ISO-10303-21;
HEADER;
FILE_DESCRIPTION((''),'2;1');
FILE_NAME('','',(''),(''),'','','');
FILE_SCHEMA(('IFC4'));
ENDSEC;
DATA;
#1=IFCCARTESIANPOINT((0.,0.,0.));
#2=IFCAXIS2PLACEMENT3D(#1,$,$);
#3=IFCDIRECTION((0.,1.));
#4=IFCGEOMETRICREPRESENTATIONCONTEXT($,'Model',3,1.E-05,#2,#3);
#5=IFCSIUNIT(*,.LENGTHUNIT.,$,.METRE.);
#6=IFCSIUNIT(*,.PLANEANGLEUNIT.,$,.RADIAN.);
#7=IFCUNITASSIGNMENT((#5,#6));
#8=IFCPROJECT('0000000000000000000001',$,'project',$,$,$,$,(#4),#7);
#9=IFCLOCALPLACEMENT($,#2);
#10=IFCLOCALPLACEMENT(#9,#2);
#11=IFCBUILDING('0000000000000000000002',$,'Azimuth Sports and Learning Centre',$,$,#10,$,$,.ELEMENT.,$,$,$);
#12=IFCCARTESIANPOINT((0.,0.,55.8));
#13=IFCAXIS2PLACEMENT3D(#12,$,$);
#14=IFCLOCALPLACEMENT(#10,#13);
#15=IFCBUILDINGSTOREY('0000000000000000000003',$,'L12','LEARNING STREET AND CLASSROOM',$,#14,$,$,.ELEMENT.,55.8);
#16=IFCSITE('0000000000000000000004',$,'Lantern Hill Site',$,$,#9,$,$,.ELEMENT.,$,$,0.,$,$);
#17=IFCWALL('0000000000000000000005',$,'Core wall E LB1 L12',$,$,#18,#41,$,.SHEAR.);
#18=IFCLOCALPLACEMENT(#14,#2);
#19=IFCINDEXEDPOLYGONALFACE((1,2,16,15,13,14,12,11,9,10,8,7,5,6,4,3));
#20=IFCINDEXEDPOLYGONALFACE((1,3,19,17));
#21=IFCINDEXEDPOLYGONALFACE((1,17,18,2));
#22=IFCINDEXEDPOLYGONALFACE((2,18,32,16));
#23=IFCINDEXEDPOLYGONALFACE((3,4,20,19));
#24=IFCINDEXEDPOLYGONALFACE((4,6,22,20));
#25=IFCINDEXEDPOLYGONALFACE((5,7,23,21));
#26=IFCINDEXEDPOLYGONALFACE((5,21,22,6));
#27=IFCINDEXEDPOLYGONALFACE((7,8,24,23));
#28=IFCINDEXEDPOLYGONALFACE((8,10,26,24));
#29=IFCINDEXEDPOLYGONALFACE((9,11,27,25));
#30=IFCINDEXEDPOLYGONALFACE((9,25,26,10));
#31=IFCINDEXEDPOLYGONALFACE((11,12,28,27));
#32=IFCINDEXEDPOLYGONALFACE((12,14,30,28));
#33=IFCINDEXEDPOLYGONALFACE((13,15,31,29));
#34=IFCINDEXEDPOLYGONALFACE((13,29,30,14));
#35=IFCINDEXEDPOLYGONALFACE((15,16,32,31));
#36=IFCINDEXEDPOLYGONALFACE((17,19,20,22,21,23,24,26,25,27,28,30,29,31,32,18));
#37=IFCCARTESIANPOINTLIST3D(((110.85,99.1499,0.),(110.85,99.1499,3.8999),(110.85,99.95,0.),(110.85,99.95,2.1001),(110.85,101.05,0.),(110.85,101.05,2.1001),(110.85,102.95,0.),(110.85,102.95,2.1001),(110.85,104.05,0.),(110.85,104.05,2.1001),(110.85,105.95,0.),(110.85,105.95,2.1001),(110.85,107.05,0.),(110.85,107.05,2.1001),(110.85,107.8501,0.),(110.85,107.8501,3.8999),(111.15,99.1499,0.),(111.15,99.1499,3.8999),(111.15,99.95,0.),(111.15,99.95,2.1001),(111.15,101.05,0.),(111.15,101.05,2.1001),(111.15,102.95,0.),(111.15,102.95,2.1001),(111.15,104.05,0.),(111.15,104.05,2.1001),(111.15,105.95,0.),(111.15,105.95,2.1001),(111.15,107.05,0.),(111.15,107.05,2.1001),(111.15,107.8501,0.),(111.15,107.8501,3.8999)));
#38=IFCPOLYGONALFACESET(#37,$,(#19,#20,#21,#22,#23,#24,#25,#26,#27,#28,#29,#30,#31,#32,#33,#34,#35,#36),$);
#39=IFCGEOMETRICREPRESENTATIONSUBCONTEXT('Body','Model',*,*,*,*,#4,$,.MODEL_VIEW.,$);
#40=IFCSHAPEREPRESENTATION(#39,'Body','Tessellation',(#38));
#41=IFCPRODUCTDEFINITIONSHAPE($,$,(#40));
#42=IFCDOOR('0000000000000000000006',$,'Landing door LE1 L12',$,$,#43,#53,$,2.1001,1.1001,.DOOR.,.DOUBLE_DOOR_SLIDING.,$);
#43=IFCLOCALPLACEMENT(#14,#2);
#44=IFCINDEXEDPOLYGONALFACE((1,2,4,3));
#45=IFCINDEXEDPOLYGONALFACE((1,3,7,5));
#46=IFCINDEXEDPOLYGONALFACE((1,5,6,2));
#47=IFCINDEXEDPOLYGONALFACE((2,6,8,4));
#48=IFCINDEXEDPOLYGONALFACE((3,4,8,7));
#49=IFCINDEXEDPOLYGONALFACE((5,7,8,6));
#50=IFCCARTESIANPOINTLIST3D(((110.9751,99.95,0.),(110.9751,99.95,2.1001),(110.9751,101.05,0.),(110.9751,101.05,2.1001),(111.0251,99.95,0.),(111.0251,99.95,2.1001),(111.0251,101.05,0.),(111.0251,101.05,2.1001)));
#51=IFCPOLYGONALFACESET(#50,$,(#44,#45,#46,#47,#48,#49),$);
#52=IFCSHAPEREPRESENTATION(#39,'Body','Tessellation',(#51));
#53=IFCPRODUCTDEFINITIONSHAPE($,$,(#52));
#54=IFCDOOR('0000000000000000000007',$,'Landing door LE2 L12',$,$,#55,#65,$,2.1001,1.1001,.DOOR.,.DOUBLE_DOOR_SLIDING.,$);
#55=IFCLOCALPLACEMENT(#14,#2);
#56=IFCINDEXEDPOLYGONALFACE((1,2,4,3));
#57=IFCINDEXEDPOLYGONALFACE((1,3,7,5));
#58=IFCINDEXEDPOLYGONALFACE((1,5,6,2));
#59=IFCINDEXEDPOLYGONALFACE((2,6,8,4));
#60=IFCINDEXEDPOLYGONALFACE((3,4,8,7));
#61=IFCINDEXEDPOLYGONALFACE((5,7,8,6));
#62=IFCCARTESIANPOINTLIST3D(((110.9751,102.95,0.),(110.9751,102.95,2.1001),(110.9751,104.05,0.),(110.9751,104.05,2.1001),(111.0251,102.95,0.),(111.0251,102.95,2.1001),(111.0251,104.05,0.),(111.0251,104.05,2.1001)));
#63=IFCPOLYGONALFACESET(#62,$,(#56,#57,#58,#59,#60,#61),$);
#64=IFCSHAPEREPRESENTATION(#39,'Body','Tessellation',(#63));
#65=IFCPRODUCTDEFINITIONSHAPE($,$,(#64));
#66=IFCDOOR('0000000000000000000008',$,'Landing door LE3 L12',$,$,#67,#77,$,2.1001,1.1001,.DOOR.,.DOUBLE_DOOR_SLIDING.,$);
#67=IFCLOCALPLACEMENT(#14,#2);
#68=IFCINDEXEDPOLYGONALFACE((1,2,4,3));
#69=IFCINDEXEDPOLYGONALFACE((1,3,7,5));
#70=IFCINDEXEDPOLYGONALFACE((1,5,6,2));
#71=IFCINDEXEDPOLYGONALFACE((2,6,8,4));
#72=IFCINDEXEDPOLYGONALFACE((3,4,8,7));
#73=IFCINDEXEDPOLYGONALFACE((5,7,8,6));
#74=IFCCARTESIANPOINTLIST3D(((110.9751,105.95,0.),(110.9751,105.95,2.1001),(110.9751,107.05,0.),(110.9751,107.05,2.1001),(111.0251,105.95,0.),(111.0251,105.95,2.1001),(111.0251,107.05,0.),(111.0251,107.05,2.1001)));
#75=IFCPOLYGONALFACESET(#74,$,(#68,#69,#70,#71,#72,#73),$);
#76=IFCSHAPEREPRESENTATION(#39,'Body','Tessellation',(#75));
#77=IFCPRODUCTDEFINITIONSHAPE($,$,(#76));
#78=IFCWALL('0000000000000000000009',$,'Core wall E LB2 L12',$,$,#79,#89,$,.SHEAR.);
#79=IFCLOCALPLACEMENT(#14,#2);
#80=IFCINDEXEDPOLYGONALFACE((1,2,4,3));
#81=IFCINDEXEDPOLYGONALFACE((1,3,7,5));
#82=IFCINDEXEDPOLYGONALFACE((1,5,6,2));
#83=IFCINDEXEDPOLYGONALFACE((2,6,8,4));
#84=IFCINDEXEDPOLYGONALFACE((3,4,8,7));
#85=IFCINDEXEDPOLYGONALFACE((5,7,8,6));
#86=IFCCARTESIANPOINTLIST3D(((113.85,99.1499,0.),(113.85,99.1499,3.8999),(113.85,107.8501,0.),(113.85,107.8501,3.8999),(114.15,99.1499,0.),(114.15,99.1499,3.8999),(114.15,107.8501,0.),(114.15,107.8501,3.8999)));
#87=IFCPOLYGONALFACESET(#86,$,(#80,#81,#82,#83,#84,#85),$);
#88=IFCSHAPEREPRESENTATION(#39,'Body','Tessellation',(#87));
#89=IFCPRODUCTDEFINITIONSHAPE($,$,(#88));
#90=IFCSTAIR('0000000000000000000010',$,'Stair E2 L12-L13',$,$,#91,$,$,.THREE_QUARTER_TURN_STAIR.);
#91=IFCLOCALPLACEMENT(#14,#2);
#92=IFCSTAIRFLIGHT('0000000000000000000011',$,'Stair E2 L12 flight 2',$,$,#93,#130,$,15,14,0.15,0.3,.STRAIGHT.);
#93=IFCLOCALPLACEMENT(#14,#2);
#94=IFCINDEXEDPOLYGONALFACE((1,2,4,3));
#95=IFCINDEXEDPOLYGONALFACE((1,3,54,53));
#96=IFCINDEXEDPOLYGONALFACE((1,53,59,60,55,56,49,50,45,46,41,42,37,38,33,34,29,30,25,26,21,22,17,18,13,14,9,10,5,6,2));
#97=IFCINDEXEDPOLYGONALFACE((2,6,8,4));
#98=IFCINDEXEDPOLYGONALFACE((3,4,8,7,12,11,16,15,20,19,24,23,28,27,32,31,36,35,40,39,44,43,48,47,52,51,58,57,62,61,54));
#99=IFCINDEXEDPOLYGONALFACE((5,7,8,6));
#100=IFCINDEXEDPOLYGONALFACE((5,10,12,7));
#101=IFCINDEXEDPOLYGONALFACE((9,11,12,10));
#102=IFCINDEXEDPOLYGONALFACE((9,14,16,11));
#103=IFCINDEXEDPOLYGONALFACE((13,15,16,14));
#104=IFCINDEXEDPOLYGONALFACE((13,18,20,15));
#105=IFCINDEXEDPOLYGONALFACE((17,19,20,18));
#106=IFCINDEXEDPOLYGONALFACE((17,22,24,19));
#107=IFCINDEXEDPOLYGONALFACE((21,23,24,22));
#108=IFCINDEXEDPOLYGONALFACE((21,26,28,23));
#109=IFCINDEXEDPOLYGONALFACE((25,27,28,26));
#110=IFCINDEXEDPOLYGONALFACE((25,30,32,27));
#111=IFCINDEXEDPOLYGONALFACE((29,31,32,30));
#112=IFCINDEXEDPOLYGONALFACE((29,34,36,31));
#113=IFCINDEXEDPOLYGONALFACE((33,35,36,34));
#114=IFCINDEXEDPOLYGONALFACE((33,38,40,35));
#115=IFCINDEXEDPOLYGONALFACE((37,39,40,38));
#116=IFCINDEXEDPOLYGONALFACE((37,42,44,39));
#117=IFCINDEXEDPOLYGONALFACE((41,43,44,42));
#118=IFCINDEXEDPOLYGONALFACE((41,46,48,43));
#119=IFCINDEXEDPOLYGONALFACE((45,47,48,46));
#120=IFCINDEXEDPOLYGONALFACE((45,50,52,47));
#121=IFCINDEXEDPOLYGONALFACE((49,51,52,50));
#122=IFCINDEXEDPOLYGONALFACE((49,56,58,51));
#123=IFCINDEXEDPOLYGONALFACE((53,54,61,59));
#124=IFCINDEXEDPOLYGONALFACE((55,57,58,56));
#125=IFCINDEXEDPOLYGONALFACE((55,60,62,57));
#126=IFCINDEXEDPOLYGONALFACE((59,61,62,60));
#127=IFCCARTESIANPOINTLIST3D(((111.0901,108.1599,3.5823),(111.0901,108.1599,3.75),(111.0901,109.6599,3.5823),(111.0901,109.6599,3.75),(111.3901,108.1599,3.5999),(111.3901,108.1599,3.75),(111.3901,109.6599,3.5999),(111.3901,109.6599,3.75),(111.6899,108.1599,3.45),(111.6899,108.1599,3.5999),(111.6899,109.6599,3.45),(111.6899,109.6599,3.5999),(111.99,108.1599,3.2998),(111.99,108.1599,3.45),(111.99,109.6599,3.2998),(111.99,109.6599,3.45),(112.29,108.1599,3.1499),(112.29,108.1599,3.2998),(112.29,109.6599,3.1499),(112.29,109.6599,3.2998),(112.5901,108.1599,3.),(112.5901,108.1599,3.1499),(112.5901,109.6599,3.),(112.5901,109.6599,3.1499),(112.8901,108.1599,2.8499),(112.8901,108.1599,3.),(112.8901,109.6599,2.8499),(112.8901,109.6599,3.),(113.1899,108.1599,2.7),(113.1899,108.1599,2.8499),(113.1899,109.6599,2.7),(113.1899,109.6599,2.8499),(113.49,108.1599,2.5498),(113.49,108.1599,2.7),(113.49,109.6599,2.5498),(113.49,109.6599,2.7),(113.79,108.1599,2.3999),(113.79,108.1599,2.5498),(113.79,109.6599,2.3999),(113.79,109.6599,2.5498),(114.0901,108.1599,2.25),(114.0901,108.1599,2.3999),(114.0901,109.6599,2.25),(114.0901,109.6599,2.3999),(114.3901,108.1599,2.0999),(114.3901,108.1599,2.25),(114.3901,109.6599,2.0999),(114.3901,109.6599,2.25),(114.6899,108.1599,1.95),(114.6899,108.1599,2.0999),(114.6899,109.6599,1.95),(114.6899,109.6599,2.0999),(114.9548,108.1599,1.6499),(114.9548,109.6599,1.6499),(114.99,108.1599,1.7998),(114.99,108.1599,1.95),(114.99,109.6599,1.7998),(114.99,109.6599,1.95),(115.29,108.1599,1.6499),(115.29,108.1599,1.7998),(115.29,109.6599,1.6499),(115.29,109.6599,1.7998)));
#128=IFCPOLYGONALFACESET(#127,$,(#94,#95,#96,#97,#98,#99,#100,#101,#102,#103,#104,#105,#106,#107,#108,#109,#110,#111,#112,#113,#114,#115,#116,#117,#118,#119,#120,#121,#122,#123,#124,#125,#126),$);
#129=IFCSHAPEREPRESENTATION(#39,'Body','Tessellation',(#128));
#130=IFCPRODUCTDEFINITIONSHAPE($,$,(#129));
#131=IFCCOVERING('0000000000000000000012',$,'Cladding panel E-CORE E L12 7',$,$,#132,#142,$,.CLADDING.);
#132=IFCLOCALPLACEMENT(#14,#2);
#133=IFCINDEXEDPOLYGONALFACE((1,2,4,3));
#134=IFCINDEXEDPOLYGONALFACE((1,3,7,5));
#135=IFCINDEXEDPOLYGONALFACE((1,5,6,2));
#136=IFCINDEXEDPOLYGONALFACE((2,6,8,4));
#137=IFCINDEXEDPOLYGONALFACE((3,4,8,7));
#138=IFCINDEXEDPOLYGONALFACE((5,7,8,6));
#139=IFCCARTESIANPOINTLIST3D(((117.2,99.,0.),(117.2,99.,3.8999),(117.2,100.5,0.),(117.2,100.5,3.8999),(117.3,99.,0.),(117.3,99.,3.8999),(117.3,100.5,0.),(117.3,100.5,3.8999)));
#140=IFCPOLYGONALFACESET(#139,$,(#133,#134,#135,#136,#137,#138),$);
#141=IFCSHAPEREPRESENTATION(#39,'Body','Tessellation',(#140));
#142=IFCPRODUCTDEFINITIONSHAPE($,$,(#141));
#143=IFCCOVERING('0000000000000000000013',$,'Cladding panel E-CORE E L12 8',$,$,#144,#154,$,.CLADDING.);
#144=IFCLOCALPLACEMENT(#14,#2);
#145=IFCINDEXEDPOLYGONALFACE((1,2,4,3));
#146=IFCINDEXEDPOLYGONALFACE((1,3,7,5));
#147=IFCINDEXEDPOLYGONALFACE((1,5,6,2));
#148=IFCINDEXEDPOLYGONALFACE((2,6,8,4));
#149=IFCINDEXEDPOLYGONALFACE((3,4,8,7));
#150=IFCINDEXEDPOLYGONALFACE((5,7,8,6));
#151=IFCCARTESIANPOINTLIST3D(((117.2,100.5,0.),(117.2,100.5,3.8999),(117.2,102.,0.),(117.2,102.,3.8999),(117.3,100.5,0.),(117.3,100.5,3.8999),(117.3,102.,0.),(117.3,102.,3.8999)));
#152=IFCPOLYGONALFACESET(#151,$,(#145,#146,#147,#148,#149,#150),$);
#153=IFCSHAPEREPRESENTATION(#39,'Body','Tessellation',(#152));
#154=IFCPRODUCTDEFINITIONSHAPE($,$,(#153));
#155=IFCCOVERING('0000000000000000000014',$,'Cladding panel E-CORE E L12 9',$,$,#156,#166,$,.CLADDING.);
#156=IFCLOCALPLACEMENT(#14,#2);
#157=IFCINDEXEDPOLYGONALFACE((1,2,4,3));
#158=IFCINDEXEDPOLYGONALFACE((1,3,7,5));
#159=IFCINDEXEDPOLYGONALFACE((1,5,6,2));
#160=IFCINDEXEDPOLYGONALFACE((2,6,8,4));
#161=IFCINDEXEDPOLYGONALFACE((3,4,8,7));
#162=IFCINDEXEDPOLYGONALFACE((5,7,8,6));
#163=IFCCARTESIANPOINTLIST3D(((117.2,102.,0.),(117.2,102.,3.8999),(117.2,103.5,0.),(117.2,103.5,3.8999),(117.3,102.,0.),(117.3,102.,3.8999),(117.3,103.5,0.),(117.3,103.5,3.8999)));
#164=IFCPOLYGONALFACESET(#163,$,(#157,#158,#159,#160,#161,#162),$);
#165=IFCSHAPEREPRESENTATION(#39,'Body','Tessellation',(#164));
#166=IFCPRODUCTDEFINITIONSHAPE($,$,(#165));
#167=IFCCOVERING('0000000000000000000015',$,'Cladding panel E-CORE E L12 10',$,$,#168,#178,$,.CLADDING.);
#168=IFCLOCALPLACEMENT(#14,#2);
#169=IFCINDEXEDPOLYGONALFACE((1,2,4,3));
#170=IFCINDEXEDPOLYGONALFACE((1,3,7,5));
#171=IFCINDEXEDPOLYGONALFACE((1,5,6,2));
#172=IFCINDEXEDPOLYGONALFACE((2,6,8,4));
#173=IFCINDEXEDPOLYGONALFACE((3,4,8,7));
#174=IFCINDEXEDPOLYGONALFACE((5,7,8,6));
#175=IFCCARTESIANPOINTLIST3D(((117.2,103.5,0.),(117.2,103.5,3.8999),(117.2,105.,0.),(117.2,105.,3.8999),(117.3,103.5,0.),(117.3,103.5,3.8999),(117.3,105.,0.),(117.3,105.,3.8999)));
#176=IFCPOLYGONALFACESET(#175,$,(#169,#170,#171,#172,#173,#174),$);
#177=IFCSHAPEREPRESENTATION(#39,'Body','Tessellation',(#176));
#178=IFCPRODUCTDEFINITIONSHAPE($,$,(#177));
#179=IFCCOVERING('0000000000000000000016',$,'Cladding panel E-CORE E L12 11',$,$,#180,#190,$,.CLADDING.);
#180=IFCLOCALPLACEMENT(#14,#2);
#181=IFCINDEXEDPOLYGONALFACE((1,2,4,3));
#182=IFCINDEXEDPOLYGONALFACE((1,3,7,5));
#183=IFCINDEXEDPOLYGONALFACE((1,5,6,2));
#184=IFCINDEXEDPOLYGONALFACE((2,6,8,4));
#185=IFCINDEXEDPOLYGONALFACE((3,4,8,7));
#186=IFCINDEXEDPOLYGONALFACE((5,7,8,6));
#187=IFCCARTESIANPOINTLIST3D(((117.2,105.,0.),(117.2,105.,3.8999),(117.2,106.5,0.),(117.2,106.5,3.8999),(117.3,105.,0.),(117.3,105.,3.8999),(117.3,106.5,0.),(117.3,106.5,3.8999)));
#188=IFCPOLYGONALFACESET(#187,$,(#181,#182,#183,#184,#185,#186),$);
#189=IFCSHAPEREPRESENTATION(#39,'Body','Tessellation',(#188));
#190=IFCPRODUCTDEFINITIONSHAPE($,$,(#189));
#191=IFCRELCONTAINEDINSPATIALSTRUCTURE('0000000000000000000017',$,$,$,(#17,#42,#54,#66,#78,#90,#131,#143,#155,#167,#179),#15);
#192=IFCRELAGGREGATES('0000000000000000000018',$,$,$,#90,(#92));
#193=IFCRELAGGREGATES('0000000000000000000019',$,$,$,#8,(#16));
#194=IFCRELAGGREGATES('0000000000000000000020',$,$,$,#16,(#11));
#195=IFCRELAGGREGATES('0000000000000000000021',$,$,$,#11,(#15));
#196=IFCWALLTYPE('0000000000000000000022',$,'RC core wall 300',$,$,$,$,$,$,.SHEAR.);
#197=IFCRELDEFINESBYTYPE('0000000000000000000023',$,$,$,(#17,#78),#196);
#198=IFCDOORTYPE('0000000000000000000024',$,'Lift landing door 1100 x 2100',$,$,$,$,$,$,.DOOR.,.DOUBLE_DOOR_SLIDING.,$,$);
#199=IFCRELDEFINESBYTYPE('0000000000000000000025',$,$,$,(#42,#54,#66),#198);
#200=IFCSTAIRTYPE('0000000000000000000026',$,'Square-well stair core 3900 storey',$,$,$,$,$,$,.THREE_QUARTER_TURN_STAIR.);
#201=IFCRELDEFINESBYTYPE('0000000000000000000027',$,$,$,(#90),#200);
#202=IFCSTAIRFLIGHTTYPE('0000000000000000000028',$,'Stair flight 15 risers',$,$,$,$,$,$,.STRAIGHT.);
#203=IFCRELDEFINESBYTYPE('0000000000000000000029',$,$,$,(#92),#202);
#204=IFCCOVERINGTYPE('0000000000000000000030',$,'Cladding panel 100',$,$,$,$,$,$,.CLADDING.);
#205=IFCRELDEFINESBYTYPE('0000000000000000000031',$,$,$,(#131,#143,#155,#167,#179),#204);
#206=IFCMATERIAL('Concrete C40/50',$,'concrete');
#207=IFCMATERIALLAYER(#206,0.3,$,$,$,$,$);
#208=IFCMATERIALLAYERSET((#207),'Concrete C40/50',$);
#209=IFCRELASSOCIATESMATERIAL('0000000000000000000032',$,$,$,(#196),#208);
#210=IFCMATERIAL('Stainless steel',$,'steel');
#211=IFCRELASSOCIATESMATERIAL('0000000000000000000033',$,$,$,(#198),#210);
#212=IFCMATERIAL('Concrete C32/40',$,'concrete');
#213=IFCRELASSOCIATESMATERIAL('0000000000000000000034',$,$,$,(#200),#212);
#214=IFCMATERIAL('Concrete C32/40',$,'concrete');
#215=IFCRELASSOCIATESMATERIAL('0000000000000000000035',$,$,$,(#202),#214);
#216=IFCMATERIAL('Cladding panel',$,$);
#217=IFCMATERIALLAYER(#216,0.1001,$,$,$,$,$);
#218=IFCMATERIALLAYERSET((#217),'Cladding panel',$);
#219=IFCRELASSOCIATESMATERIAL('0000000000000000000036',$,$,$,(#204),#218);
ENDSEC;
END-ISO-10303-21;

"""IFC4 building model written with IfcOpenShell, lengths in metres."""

from ifc_helpers import new_model, si_unit, direction, frame, frame_2d, origin, origin_2d, place, context, subcontext, project, spatial, polyline, rectangle, outline, extrude, material, layer, layer_set, type_object, element, fill, aggregate, save


model = new_model("IFC4")

# Units and contexts
model_context = context("Model", 3, precision=1e-05, world=origin(), true_north=direction((0.0, 1.0)))
body_context = subcontext(model_context, "Body", "Model", "MODEL_VIEW")
ifc_project = project(units=[si_unit("LENGTHUNIT", "METRE"), si_unit("PLANEANGLEUNIT", "RADIAN")], contexts=[model_context])

# Site, building, storey
site_placement = place(None, origin())
site = spatial("IfcSite", under=ifc_project, at=site_placement, Name="Lantern Hill Site", CompositionType="ELEMENT", RefElevation=0.0)
building_placement = place(site_placement, origin())
building = spatial("IfcBuilding", under=site, at=building_placement, Name="Azimuth Sports and Learning Centre", CompositionType="ELEMENT")
storey_placement = place(building_placement, frame((0.0, 0.0, 55.8)))
storey = spatial("IfcBuildingStorey", under=building, at=storey_placement, Name="L12", Description="LEARNING STREET AND CLASSROOM", CompositionType="ELEMENT", Elevation=55.8)

# Shared definitions
ifc_material_1 = material(Name="Concrete C40/50", Category="concrete")
ifc_layer_1 = layer(ifc_material_1, 0.3)
ifc_layer_set_1 = layer_set([ifc_layer_1], Name="Concrete C40/50")
wall_type_1 = type_object("IfcWallType", Name="RC core wall 300", PredefinedType="SHEAR", material=ifc_layer_set_1)

# Wall, openings, doors
wall_1_placement = place(storey_placement, frame((111.0, 99.1499, 0.0), z_axis=(0.0, 0.0, 1.0), x_axis=(0.0, 1.0, 0.0)))
wall_1 = element("IfcWall", 1, at=wall_1_placement, inside=storey, type_object=wall_type_1, Name="Core wall E LB1 L12", PredefinedType="SHEAR", context=body_context, shape_type="SweptSolid", body=[
    extrude(rectangle(XDim=8.7002, YDim=0.3, at=frame_2d((4.3501, 0.0))), origin(), (0.0, 0.0, 1.0), 3.8999),
])
opening_1_placement = place(wall_1_placement, frame((0.8, 0.0, 0.0)))
opening_1 = element("IfcOpeningElement", 2, at=opening_1_placement, cuts=wall_1, PredefinedType="OPENING", context=body_context, shape_type="SweptSolid", body=[
    extrude(rectangle(XDim=1.1001, YDim=2.1001, at=frame_2d((0.55, 1.05))), frame((0.0, 0.1611, 0.0), z_axis=(0.0, -1.0, 0.0), x_axis=(1.0, 0.0, 0.0)), (0.0, 0.0, 1.0), 0.322),
])
opening_2_placement = place(wall_1_placement, frame((3.8, 0.0, 0.0)))
opening_2 = element("IfcOpeningElement", 3, at=opening_2_placement, cuts=wall_1, PredefinedType="OPENING", context=body_context, shape_type="SweptSolid", body=[
    extrude(rectangle(XDim=1.1001, YDim=2.1001, at=frame_2d((0.55, 1.05))), frame((0.0, 0.1611, 0.0), z_axis=(0.0, -1.0, 0.0), x_axis=(1.0, 0.0, 0.0)), (0.0, 0.0, 1.0), 0.322),
])
opening_3_placement = place(wall_1_placement, frame((6.8, 0.0, 0.0)))
opening_3 = element("IfcOpeningElement", 4, at=opening_3_placement, cuts=wall_1, PredefinedType="OPENING", context=body_context, shape_type="SweptSolid", body=[
    extrude(rectangle(XDim=1.1001, YDim=2.1001, at=frame_2d((0.55, 1.05))), frame((0.0, 0.1611, 0.0), z_axis=(0.0, -1.0, 0.0), x_axis=(1.0, 0.0, 0.0)), (0.0, 0.0, 1.0), 0.322),
])
ifc_material_2 = material(Name="Stainless steel", Category="steel")
door_type = type_object("IfcDoorType", Name="Lift landing door 1100 x 2100", OperationType="DOUBLE_DOOR_SLIDING", PredefinedType="DOOR", material=ifc_material_2)
door_1_placement = place(opening_1_placement, origin())
door_1 = element("IfcDoor", 5, at=door_1_placement, inside=storey, type_object=door_type, Name="Landing door LE1 L12", OperationType="DOUBLE_DOOR_SLIDING", OverallHeight=2.1001, OverallWidth=1.1001, PredefinedType="DOOR", context=body_context, shape_type="SweptSolid", body=[
    extrude(rectangle(XDim=1.1001, YDim=2.1001, at=frame_2d((0.55, 1.05))), frame((0.0, 0.0249, 0.0), z_axis=(0.0, -1.0, 0.0), x_axis=(1.0, 0.0, 0.0)), (0.0, 0.0, 1.0), 0.05),
])
fill(opening_1, door_1)
door_2_placement = place(opening_2_placement, origin())
door_2 = element("IfcDoor", 6, at=door_2_placement, inside=storey, type_object=door_type, Name="Landing door LE2 L12", OperationType="DOUBLE_DOOR_SLIDING", OverallHeight=2.1001, OverallWidth=1.1001, PredefinedType="DOOR", context=body_context, shape_type="SweptSolid", body=[
    extrude(rectangle(XDim=1.1001, YDim=2.1001, at=frame_2d((0.55, 1.05))), frame((0.0, 0.0249, 0.0), z_axis=(0.0, -1.0, 0.0), x_axis=(1.0, 0.0, 0.0)), (0.0, 0.0, 1.0), 0.05),
])
fill(opening_2, door_2)
door_3_placement = place(opening_3_placement, origin())
door_3 = element("IfcDoor", 7, at=door_3_placement, inside=storey, type_object=door_type, Name="Landing door LE3 L12", OperationType="DOUBLE_DOOR_SLIDING", OverallHeight=2.1001, OverallWidth=1.1001, PredefinedType="DOOR", context=body_context, shape_type="SweptSolid", body=[
    extrude(rectangle(XDim=1.1001, YDim=2.1001, at=frame_2d((0.55, 1.05))), frame((0.0, 0.0249, 0.0), z_axis=(0.0, -1.0, 0.0), x_axis=(1.0, 0.0, 0.0)), (0.0, 0.0, 1.0), 0.05),
])
fill(opening_3, door_3)

# Wall
wall_2_placement = place(storey_placement, frame((114.0, 99.1499, 0.0), z_axis=(0.0, 0.0, 1.0), x_axis=(0.0, 1.0, 0.0)))
element("IfcWall", 8, at=wall_2_placement, inside=storey, type_object=wall_type_1, Name="Core wall E LB2 L12", PredefinedType="SHEAR", context=body_context, shape_type="SweptSolid", body=[
    extrude(rectangle(XDim=8.7002, YDim=0.3, at=frame_2d((4.3501, 0.0))), origin(), (0.0, 0.0, 1.0), 3.8999),
])

# Stair, stair flight
ifc_material_3 = material(Name="Concrete C32/40", Category="concrete")
stair_type = type_object("IfcStairType", Name="Square-well stair core 3900 storey", PredefinedType="THREE_QUARTER_TURN_STAIR", material=ifc_material_3)
stair_placement = place(storey_placement, origin())
stair = element("IfcStair", 9, at=stair_placement, inside=storey, type_object=stair_type, Name="Stair E2 L12-L13", PredefinedType="THREE_QUARTER_TURN_STAIR")
ifc_material_4 = material(Name="Concrete C32/40", Category="concrete")
stair_flight_type = type_object("IfcStairFlightType", Name="Stair flight 15 risers", PredefinedType="STRAIGHT", material=ifc_material_4)
stair_flight_placement = place(storey_placement, frame((115.29, 108.9099, 1.6499), z_axis=(0.0, 0.0, 1.0), x_axis=(-1.0, 0.0, 0.0)))
stair_flight = element("IfcStairFlight", 10, at=stair_flight_placement, type_object=stair_flight_type, Name="Stair E2 L12 flight 2", NumberOfRisers=15, NumberOfTreads=14, PredefinedType="STRAIGHT", RiserHeight=0.15, TreadLength=0.3, context=body_context, shape_type="SweptSolid", body=[
    extrude(outline(polyline([(0.0, 0.0), (0.0, 0.1499), (0.3, 0.1499), (0.3, 0.3), (0.6001, 0.3), (0.6001, 0.45), (0.8999, 0.45), (0.8999, 0.6001), (1.2, 0.6001), (1.2, 0.75), (1.5, 0.75), (1.5, 0.8999), (1.8, 0.8999), (1.8, 1.05), (2.1001, 1.05), (2.1001, 1.2), (2.3999, 1.2), (2.3999, 1.3501), (2.7, 1.3501), (2.7, 1.5), (3.0, 1.5), (3.0, 1.6499), (3.3, 1.6499), (3.3, 1.8), (3.6001, 1.8), (3.6001, 1.95), (3.8999, 1.95), (3.8999, 2.1001), (4.2, 2.1001), (4.2, 2.25), (4.2, 1.9324), (0.3352, 0.0), (0.0, 0.0)])), frame((0.0, 0.75, 0.0), z_axis=(0.0, -1.0, 0.0), x_axis=(1.0, 0.0, 0.0)), (0.0, 0.0, 1.0), 1.5),
])
aggregate(stair, [stair_flight])

# Coverings
ifc_material_5 = material(Name="Cladding panel")
ifc_layer_2 = layer(ifc_material_5, 0.1001)
ifc_layer_set_2 = layer_set([ifc_layer_2], Name="Cladding panel")
covering_type = type_object("IfcCoveringType", Name="Cladding panel 100", PredefinedType="CLADDING", material=ifc_layer_set_2)
for number, where, z_axis, x_axis, name in (
    (11, (117.25, 99.75, 0.0), (0.0, 0.0, 1.0), (0.0, 1.0, 0.0), "Cladding panel E-CORE E L12 7"),
    (12, (117.25, 101.25, 0.0), (0.0, 0.0, 1.0), (0.0, 1.0, 0.0), "Cladding panel E-CORE E L12 8"),
    (13, (117.25, 102.75, 0.0), (0.0, 0.0, 1.0), (0.0, 1.0, 0.0), "Cladding panel E-CORE E L12 9"),
    (14, (117.25, 104.25, 0.0), (0.0, 0.0, 1.0), (0.0, 1.0, 0.0), "Cladding panel E-CORE E L12 10"),
    (15, (117.25, 105.75, 0.0), (0.0, 0.0, 1.0), (0.0, 1.0, 0.0), "Cladding panel E-CORE E L12 11"),
):
    element("IfcCovering", number, at=place(storey_placement, frame(where, z_axis=z_axis, x_axis=x_axis)), inside=storey, type_object=covering_type, Name=name, PredefinedType="CLADDING", context=body_context, shape_type="SweptSolid", body=[
        extrude(rectangle(XDim=1.5, YDim=0.1001, at=origin_2d()), origin(), (0.0, 0.0, 1.0), 3.8999),
    ])

save(model, "model.ifc")
